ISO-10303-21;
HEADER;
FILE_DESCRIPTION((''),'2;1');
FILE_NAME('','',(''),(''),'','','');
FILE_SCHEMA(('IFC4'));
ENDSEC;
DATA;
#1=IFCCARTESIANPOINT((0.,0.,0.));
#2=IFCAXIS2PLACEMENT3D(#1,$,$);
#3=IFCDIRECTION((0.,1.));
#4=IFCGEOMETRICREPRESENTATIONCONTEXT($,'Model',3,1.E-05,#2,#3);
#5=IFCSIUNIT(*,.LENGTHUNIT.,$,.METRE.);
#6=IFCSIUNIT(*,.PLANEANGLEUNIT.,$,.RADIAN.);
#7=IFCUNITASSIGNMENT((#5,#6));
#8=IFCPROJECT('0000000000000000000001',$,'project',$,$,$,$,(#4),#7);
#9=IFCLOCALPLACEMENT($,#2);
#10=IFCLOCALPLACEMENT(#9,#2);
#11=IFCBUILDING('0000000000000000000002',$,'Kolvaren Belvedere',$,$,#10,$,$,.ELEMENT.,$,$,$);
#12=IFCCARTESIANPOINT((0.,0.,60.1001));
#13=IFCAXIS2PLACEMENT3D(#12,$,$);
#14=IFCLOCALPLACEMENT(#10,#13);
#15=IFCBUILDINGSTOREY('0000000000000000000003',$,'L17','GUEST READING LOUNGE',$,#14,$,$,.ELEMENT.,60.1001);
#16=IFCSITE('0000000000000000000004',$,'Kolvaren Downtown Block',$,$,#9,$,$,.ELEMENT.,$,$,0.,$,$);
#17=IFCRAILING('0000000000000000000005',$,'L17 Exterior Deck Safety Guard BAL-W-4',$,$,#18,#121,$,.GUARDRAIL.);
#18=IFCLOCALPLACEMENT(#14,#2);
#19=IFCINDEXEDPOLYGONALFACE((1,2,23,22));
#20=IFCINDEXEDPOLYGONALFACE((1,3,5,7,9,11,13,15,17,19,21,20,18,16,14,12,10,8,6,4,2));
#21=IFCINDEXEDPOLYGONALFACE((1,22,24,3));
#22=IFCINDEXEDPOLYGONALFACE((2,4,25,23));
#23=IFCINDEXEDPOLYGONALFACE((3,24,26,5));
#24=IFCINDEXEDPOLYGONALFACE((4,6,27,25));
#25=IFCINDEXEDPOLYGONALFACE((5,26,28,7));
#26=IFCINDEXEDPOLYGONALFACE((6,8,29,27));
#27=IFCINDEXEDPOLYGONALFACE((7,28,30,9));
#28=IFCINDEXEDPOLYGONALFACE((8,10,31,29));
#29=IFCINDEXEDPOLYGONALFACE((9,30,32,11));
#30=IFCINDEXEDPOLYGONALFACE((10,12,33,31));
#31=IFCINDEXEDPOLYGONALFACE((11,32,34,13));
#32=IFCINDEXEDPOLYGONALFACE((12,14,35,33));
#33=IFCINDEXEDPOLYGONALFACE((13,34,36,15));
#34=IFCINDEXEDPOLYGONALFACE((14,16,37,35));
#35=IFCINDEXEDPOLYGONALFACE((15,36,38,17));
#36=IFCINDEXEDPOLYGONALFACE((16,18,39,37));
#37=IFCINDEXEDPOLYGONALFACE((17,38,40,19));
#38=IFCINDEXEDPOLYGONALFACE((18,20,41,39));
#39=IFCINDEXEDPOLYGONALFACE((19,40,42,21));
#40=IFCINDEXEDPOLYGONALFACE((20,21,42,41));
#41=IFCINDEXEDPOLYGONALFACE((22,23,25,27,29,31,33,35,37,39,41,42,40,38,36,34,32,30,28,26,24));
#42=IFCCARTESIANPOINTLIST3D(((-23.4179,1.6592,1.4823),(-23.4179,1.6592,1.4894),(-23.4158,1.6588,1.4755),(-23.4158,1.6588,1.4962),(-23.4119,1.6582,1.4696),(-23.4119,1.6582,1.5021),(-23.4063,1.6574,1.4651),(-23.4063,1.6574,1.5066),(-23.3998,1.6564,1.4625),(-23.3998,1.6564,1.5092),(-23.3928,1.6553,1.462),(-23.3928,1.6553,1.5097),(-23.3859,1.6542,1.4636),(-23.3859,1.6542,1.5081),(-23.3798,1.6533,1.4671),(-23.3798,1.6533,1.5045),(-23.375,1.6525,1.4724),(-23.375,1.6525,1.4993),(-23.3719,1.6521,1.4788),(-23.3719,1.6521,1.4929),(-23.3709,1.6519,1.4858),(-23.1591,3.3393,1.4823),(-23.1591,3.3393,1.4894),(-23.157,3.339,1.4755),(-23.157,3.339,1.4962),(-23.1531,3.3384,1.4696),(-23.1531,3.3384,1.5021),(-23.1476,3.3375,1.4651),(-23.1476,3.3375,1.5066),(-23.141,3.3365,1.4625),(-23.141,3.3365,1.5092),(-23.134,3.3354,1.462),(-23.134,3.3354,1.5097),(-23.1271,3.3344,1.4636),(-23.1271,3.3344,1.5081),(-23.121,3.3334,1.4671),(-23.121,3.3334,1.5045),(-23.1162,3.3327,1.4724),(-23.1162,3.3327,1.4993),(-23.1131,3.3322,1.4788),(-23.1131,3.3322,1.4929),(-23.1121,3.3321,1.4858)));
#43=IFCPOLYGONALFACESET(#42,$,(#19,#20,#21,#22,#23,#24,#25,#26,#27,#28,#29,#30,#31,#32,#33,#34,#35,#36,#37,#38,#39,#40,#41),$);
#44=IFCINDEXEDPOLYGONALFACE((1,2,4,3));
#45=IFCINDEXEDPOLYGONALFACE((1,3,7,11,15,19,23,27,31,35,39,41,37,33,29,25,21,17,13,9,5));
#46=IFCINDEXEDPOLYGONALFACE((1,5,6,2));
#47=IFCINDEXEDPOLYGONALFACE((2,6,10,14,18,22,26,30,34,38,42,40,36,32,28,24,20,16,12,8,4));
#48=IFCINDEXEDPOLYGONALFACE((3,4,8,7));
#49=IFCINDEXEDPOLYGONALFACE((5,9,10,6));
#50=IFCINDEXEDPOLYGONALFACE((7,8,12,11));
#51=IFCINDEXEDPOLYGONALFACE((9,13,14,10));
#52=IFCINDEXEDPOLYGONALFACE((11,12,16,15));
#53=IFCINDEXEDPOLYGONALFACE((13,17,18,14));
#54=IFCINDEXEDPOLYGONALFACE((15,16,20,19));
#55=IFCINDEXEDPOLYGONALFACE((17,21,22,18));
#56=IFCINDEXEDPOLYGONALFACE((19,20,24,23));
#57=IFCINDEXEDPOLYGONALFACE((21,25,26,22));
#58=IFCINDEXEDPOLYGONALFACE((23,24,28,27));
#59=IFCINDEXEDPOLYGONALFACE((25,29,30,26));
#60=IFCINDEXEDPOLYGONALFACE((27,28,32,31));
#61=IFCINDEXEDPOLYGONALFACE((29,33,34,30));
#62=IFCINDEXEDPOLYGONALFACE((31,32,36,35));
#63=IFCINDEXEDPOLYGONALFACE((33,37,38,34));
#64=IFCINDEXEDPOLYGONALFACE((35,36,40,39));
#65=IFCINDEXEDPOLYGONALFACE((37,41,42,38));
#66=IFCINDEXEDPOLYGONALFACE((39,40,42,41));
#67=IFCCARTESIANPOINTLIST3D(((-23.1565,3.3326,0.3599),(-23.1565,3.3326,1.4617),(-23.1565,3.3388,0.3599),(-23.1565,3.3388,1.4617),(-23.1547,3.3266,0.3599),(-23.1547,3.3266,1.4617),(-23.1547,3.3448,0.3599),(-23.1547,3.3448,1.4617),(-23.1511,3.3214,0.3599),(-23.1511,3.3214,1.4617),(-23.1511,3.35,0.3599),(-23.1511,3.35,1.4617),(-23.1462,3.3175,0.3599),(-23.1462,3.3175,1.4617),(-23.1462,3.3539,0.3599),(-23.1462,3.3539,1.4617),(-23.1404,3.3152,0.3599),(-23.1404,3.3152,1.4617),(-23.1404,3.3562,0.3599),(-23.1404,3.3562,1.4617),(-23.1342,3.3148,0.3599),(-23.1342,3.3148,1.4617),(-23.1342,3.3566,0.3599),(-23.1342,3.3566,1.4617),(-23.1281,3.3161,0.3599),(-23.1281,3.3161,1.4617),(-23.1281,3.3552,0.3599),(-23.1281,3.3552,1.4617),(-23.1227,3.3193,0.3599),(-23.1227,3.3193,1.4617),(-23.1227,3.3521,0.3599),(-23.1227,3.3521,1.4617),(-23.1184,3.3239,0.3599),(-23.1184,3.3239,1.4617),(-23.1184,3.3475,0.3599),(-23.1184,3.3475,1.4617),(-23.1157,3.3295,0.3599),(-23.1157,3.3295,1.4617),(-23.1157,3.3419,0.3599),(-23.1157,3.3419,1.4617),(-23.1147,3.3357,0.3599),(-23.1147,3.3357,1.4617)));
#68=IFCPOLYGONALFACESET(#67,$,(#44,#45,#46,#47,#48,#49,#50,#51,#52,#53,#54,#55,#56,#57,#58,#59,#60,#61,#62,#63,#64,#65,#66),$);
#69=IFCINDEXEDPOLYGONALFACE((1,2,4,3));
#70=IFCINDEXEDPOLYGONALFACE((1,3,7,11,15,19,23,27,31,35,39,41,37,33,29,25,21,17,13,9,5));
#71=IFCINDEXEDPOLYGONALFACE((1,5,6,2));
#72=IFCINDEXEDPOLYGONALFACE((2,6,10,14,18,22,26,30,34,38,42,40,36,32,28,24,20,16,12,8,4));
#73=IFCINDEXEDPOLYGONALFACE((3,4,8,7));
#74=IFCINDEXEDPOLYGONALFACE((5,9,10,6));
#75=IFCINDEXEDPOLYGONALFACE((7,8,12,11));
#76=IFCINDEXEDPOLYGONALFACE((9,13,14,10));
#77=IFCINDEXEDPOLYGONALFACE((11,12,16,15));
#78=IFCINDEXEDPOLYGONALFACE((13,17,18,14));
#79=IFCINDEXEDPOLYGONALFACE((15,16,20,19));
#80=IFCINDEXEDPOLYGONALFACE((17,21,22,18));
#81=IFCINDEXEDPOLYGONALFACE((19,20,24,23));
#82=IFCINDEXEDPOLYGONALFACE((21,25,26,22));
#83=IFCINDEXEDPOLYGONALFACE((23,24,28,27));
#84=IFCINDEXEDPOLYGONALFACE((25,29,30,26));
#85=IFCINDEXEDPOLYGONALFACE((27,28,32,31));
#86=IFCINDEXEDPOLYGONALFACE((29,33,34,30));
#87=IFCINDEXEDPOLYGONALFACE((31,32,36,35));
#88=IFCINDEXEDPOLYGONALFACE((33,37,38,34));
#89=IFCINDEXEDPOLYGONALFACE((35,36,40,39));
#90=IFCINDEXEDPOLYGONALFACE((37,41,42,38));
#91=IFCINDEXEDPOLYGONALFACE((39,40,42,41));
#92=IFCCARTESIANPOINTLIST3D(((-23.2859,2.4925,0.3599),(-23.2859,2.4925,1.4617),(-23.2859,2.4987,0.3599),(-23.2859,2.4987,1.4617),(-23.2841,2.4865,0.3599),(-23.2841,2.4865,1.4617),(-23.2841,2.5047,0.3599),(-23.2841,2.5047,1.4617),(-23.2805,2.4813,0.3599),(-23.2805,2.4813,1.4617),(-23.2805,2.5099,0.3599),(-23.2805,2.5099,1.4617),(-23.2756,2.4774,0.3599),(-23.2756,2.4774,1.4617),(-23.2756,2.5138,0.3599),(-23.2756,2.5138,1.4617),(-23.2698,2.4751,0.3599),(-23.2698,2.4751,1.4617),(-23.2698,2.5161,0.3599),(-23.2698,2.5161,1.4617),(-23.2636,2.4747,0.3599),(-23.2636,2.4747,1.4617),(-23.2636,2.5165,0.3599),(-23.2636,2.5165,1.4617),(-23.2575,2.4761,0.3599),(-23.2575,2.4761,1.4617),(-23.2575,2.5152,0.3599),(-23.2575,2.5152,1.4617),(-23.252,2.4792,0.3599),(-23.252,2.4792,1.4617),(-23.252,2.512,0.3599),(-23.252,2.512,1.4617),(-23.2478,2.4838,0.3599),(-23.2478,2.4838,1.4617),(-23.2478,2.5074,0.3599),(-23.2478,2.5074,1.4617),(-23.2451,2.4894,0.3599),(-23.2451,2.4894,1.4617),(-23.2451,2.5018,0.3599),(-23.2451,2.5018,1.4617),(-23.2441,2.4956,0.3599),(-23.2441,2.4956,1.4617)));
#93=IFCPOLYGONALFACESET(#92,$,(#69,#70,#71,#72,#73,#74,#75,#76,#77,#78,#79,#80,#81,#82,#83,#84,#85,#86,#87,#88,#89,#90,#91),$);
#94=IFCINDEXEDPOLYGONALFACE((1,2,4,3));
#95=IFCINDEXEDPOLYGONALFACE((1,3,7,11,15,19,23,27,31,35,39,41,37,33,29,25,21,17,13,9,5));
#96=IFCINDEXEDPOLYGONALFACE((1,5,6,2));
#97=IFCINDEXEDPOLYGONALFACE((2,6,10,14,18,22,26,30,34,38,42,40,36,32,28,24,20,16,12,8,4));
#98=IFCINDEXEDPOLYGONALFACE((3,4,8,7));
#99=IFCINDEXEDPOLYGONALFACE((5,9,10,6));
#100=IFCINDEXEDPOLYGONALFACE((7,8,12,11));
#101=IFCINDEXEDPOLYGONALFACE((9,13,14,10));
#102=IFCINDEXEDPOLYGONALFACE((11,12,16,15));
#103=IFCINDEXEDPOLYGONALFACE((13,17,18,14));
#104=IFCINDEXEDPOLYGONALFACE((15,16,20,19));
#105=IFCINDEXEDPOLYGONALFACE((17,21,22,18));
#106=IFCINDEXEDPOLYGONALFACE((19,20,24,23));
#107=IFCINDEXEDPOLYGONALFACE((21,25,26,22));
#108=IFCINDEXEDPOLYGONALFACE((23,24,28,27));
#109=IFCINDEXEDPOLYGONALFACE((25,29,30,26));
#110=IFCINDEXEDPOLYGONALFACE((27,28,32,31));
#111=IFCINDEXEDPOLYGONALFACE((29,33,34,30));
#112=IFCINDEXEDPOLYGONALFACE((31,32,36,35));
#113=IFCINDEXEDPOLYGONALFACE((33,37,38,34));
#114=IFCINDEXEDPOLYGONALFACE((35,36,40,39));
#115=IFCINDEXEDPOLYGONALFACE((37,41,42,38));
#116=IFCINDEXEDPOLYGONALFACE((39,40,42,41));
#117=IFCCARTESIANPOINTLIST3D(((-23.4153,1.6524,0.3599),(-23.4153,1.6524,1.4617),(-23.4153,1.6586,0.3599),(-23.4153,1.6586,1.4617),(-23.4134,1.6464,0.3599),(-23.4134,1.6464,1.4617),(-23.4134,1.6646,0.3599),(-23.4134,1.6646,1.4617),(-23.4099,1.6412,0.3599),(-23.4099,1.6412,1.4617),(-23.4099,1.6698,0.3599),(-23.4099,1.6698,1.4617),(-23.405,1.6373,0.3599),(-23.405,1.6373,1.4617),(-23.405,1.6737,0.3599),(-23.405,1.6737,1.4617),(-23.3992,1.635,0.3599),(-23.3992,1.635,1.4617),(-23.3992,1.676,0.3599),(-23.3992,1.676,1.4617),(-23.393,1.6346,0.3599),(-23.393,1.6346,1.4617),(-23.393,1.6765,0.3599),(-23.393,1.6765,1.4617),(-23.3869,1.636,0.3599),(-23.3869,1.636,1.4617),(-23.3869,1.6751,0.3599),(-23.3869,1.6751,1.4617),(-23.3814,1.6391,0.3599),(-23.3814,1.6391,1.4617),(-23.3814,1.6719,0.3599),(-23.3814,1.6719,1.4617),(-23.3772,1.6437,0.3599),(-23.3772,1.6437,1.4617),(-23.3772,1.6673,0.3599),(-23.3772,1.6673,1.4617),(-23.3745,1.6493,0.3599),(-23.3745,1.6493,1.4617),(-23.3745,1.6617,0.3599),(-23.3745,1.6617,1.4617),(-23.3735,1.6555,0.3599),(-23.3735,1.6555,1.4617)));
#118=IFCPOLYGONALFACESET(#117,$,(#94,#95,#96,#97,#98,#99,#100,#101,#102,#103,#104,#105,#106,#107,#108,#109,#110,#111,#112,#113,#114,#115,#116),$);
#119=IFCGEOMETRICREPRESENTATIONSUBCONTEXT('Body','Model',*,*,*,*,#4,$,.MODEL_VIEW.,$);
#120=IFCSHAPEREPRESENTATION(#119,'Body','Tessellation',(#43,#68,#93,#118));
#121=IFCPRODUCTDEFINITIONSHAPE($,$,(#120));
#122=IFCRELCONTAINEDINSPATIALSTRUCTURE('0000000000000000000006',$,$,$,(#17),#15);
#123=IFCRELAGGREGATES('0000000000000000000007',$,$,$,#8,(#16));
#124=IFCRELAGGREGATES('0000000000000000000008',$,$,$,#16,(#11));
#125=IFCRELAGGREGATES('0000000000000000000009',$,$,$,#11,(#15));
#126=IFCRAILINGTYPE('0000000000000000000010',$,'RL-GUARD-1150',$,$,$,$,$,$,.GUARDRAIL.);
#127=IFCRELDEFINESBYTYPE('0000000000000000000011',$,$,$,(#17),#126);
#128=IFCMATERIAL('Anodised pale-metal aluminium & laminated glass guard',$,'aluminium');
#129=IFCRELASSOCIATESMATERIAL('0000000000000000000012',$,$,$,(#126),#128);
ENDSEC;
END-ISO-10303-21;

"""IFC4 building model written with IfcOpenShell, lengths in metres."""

from ifc_helpers import new_model, si_unit, direction, frame, origin, origin_2d, place, context, subcontext, project, spatial, circle, extrude, material, type_object, element, save


model = new_model("IFC4")

# Units and contexts
model_context = context("Model", 3, precision=1e-05, world=origin(), true_north=direction((0.0, 1.0)))
body_context = subcontext(model_context, "Body", "Model", "MODEL_VIEW")
ifc_project = project(units=[si_unit("LENGTHUNIT", "METRE"), si_unit("PLANEANGLEUNIT", "RADIAN")], contexts=[model_context])

# Site, building, storey
site_placement = place(None, origin())
site = spatial("IfcSite", under=ifc_project, at=site_placement, Name="Kolvaren Downtown Block", CompositionType="ELEMENT", RefElevation=0.0)
building_placement = place(site_placement, origin())
building = spatial("IfcBuilding", under=site, at=building_placement, Name="Kolvaren Belvedere", CompositionType="ELEMENT")
storey_placement = place(building_placement, frame((0.0, 0.0, 60.1001)))
storey = spatial("IfcBuildingStorey", under=building, at=storey_placement, Name="L17", Description="GUEST READING LOUNGE", CompositionType="ELEMENT", Elevation=60.1001)

# Railing
ifc_material_1 = material(Name="Anodised pale-metal aluminium & laminated glass guard", Category="aluminium")
railing_type = type_object("IfcRailingType", Name="RL-GUARD-1150", PredefinedType="GUARDRAIL", material=ifc_material_1)
railing_1_placement = place(storey_placement, frame((-23.1357, 3.3357, 0.3599)))
element("IfcRailing", 1, at=railing_1_placement, inside=storey, type_object=railing_type, Name="L17 Exterior Deck Safety Guard BAL-W-4", PredefinedType="GUARDRAIL", context=body_context, shape_type="SweptSolid", body=[
    extrude(circle(Radius=0.0239, at=origin_2d()), frame((0.0, 0.0, 1.126), z_axis=(-0.15223, -0.988345, 0.0), x_axis=(0.988345, -0.15223, 0.0)), (0.0, 0.0, 1.0), 1.7),
    extrude(circle(Radius=0.021, at=origin_2d()), origin(), (0.0, 0.0, 1.0), 1.1018),
    extrude(circle(Radius=0.021, at=origin_2d()), frame((-0.1294, -0.8401, 0.0)), (0.0, 0.0, 1.0), 1.1018),
    extrude(circle(Radius=0.021, at=origin_2d()), frame((-0.2588, -1.6802, 0.0)), (0.0, 0.0, 1.0), 1.1018),
])

save(model, "model.ifc")
